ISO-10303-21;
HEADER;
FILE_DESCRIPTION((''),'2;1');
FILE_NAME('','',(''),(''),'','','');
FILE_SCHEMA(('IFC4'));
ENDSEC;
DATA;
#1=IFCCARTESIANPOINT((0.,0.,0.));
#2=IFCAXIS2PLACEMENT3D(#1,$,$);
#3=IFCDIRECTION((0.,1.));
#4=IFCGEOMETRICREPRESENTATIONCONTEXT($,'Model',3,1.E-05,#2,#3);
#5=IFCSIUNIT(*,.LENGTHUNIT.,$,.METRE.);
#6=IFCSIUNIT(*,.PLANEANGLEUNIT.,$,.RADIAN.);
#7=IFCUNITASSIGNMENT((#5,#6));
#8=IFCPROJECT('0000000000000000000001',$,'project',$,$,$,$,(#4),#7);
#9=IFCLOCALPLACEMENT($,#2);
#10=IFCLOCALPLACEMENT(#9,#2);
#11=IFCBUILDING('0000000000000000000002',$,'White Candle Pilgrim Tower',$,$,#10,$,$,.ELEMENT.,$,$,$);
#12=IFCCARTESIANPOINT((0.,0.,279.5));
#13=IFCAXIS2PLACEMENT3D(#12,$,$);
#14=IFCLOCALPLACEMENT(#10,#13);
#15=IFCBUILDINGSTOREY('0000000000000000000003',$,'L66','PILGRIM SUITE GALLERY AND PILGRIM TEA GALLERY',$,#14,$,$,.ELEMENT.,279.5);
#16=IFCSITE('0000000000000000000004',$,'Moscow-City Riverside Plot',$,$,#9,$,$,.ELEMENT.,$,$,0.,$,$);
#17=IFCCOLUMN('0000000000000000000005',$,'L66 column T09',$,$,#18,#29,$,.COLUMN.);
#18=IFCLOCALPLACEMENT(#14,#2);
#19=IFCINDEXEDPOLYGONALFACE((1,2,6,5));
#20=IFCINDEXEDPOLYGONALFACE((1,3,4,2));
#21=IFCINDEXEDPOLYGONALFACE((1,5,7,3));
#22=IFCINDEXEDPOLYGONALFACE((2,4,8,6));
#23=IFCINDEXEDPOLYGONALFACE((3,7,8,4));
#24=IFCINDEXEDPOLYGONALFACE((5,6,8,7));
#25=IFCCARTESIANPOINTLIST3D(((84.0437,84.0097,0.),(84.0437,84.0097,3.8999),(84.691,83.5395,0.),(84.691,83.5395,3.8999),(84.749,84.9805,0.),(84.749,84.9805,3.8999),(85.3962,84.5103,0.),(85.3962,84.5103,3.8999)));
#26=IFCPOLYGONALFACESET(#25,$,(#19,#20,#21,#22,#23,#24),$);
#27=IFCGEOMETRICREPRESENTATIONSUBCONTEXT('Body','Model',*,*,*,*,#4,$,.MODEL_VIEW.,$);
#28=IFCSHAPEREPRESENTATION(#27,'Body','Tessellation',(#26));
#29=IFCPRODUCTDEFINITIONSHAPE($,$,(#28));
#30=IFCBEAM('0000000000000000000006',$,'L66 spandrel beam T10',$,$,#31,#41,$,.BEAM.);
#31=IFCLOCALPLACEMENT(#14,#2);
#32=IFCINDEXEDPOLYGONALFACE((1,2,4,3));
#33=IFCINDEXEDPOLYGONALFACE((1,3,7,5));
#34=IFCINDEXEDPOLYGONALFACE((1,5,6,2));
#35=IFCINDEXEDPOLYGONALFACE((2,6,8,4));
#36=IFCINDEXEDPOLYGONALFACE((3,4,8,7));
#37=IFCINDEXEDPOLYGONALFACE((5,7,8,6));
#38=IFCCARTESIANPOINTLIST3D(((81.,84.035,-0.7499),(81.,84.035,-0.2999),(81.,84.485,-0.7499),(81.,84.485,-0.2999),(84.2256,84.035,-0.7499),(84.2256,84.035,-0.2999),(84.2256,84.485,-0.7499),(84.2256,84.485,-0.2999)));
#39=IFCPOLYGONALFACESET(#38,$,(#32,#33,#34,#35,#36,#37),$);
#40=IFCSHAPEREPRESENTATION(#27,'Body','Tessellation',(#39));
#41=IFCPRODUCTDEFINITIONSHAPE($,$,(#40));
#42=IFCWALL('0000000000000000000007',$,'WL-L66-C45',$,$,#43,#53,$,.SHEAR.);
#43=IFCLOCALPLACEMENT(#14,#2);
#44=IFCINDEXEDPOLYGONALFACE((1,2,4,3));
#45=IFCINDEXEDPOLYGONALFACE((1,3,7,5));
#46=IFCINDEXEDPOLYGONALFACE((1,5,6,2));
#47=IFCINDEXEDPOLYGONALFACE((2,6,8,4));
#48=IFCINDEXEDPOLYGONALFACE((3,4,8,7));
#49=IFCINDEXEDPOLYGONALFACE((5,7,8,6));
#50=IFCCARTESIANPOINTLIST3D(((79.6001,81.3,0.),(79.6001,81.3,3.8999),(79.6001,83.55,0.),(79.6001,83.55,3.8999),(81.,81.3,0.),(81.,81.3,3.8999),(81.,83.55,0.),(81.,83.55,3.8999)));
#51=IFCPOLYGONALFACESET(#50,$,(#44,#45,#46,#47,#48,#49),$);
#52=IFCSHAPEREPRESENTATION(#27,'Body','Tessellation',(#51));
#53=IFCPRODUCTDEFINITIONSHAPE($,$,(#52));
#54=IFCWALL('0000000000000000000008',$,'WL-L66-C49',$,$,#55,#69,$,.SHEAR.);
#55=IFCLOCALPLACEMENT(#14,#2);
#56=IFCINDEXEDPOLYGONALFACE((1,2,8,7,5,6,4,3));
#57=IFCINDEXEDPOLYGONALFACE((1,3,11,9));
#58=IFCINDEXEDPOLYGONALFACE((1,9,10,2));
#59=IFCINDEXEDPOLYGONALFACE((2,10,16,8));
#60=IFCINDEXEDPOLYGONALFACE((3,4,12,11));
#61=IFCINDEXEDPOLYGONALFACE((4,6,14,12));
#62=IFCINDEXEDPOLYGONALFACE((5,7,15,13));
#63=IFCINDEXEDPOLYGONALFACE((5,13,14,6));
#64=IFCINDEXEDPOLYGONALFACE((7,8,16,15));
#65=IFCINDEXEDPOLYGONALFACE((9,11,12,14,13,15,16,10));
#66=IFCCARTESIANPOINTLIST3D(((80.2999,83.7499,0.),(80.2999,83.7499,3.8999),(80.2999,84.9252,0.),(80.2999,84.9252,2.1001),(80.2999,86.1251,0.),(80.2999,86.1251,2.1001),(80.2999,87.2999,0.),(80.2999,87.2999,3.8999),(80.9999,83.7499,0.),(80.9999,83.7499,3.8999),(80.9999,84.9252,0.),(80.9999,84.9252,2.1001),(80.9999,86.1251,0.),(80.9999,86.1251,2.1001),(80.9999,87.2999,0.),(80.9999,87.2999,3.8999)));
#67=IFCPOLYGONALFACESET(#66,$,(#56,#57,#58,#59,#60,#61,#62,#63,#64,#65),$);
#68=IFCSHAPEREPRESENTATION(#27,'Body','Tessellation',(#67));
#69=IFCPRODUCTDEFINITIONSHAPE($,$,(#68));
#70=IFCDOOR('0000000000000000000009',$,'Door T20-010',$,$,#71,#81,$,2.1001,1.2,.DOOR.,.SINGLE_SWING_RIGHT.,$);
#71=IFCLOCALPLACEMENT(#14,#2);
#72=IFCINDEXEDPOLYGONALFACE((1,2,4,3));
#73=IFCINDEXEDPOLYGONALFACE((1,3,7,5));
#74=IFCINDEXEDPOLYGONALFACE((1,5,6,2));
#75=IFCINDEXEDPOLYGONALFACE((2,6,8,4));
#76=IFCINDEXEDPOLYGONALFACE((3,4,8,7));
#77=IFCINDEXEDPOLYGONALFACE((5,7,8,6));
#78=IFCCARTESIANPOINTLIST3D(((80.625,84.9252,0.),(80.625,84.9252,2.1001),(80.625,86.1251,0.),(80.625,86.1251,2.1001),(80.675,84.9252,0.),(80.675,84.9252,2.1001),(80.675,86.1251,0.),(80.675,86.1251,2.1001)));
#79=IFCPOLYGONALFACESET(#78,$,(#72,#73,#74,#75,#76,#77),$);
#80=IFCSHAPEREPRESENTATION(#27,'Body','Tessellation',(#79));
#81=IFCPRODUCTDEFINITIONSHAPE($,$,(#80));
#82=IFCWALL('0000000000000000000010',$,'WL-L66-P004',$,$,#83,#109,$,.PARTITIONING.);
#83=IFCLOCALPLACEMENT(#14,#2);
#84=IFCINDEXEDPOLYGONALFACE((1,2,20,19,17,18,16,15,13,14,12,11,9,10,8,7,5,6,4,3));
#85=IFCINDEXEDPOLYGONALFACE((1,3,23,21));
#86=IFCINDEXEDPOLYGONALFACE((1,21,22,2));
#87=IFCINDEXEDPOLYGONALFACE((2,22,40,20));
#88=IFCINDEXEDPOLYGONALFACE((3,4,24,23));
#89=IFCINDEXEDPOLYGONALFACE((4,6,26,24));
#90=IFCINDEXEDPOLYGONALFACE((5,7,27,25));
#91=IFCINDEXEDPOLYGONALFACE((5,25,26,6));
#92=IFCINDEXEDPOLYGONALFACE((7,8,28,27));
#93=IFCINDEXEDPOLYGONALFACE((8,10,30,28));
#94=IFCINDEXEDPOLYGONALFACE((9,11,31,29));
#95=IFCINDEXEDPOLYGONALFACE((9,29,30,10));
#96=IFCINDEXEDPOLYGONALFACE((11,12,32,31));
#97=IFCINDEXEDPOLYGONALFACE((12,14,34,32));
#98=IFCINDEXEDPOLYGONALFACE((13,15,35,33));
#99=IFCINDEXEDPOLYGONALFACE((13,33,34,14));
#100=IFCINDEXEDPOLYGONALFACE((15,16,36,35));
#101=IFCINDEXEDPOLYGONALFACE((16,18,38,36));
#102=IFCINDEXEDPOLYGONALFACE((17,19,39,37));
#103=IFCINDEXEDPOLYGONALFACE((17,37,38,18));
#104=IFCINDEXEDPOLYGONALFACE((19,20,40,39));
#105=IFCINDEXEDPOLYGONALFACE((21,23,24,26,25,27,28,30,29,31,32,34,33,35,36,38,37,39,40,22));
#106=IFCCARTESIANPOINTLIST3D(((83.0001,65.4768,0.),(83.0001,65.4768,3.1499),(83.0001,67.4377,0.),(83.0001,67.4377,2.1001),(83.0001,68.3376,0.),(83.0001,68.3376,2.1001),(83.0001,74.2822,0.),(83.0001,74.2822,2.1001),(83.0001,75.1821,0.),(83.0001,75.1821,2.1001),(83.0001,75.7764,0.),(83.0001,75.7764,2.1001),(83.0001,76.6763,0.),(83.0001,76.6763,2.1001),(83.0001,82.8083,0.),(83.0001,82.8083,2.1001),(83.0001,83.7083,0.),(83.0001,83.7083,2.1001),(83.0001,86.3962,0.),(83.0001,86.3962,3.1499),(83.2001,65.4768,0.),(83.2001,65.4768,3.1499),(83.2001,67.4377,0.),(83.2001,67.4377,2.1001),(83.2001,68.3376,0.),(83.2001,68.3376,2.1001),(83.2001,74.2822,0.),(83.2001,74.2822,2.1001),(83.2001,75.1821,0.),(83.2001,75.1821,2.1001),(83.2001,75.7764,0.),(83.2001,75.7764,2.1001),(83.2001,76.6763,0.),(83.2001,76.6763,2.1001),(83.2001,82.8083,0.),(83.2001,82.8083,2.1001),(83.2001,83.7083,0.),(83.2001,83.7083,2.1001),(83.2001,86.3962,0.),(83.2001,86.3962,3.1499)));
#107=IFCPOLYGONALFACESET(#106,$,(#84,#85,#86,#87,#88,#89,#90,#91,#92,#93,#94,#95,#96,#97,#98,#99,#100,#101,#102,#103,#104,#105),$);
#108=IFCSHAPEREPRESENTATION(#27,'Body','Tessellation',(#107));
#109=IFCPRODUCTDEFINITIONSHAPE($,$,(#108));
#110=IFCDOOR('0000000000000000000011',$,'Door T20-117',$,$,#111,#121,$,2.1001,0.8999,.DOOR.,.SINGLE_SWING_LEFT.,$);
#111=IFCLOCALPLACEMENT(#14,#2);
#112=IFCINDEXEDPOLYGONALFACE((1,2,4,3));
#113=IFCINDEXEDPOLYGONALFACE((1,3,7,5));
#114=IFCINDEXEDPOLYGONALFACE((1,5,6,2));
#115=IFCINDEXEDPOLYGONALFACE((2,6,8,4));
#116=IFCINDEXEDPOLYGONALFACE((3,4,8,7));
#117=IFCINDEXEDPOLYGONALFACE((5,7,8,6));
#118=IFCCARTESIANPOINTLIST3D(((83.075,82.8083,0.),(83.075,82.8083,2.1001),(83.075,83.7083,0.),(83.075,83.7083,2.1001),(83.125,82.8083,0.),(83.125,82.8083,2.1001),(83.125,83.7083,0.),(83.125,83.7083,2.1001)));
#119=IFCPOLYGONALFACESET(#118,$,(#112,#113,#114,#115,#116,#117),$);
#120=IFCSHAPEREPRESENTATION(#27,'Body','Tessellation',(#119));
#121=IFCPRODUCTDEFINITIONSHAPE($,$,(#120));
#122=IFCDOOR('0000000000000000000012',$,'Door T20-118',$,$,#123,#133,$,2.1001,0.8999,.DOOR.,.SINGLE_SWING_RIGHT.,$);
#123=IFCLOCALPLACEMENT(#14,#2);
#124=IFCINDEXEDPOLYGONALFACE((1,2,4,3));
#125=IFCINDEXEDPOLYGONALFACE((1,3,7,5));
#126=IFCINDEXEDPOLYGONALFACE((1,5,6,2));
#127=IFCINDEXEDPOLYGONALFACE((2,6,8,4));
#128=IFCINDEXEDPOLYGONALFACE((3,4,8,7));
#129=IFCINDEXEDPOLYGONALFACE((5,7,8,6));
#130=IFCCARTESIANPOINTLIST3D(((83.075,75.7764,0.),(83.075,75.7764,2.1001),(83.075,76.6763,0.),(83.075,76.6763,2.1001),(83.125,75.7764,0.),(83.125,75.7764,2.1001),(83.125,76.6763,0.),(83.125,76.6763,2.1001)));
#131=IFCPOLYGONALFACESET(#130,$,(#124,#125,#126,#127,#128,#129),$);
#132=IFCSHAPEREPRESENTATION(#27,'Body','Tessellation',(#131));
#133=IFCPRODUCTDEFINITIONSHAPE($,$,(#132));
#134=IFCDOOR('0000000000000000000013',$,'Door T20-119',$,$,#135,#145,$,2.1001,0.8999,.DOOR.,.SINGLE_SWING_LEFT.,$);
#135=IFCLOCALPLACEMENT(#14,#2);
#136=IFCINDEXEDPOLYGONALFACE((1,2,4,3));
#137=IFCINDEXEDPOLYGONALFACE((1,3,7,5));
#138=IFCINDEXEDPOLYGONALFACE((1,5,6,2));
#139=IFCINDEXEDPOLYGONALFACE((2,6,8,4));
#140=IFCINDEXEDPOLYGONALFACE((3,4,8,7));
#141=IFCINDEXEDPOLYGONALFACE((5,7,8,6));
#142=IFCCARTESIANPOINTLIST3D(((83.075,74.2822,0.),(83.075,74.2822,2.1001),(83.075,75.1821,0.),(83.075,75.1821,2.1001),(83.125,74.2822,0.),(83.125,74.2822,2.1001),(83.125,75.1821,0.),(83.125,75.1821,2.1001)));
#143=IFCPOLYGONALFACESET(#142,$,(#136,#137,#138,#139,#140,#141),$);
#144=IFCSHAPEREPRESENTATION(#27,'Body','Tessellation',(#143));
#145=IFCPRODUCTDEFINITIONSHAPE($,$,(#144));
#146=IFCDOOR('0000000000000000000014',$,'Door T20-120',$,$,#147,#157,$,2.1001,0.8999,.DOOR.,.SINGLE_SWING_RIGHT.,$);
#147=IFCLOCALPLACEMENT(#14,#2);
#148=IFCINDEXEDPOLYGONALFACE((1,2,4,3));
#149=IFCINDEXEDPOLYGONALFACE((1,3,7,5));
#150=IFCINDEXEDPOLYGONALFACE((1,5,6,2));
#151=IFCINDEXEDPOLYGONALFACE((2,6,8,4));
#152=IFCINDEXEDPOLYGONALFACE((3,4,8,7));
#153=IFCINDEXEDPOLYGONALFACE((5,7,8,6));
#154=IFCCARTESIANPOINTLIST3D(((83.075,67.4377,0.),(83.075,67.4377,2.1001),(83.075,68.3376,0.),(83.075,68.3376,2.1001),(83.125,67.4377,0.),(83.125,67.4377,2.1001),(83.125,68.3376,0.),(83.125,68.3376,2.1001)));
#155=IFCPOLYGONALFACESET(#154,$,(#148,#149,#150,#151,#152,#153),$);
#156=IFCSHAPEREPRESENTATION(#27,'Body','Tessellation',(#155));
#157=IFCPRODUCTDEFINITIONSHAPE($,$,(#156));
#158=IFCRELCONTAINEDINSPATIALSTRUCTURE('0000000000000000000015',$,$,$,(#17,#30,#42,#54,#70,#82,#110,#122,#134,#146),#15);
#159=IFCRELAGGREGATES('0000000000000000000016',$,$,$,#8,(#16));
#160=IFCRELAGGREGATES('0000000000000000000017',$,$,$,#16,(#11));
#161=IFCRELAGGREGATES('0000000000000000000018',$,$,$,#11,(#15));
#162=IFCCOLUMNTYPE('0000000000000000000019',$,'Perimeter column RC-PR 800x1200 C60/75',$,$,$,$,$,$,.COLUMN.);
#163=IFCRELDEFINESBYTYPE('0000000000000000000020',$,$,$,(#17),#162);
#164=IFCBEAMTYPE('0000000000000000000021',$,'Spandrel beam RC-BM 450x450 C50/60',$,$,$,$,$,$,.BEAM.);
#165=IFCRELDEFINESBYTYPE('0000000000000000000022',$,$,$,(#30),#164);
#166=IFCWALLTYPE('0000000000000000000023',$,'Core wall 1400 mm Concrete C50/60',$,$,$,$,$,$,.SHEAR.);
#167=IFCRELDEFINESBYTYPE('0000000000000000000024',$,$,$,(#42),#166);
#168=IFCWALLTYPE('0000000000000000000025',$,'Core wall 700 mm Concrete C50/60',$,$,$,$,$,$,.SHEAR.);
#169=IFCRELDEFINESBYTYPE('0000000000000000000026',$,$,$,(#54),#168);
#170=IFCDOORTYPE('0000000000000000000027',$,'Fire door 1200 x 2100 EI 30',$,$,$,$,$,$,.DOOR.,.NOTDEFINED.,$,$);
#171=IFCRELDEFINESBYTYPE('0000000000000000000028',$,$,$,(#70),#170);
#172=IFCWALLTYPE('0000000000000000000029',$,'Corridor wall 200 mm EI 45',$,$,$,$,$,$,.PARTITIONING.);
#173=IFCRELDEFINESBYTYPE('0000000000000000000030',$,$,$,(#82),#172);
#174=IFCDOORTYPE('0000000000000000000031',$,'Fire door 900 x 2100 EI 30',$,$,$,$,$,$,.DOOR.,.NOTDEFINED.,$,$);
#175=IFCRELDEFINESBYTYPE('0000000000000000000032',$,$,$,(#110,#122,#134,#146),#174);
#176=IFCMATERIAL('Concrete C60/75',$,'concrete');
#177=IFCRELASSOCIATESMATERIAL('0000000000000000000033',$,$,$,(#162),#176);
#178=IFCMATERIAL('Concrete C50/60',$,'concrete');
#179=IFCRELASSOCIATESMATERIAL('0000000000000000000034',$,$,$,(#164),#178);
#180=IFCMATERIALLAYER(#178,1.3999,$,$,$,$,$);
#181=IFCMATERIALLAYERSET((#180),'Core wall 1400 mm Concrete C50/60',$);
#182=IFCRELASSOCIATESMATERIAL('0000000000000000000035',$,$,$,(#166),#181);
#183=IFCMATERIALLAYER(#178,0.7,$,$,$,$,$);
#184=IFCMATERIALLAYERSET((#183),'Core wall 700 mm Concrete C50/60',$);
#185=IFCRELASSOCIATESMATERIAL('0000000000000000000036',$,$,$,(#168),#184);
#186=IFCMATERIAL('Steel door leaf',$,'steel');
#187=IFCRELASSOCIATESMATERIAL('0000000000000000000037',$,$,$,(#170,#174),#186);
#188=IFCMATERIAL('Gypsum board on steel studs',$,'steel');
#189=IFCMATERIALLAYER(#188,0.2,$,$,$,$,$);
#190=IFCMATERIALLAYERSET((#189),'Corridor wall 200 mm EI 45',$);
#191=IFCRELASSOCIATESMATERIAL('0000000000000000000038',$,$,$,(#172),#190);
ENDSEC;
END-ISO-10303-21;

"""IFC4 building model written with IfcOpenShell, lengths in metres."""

from ifc_helpers import new_model, si_unit, direction, frame, frame_2d, origin, origin_2d, place, context, subcontext, project, spatial, rectangle, extrude, material, layer, layer_set, material_profile, profile_set, type_object, element, fill, save


model = new_model("IFC4")

# Units and contexts
model_context = context("Model", 3, precision=1e-05, world=origin(), true_north=direction((0.0, 1.0)))
body_context = subcontext(model_context, "Body", "Model", "MODEL_VIEW")
ifc_project = project(units=[si_unit("LENGTHUNIT", "METRE"), si_unit("PLANEANGLEUNIT", "RADIAN")], contexts=[model_context])

# Site, building, storey
site_placement = place(None, origin())
site = spatial("IfcSite", under=ifc_project, at=site_placement, Name="Moscow-City Riverside Plot", CompositionType="ELEMENT", RefElevation=0.0)
building_placement = place(site_placement, origin())
building = spatial("IfcBuilding", under=site, at=building_placement, Name="White Candle Pilgrim Tower", CompositionType="ELEMENT")
storey_placement = place(building_placement, frame((0.0, 0.0, 279.5)))
storey = spatial("IfcBuildingStorey", under=building, at=storey_placement, Name="L66", Description="PILGRIM SUITE GALLERY AND PILGRIM TEA GALLERY", CompositionType="ELEMENT", Elevation=279.5)

# Column
ifc_material_1 = material(Name="Concrete C60/75", Category="concrete")
ifc_material_profile_1 = material_profile(ifc_material_1, rectangle(XDim=0.8, YDim=1.2, at=origin_2d()), Name="RC-PR 800x1200")
ifc_profile_set_1 = profile_set([ifc_material_profile_1], Name="Concrete C60/75")
column_type = type_object("IfcColumnType", Name="Perimeter column RC-PR 800x1200 C60/75", PredefinedType="COLUMN", material=ifc_profile_set_1)
column_placement = place(storey_placement, frame((84.72, 84.26, 0.0), z_axis=(0.0, 0.0, 1.0), x_axis=(0.809027, -0.587771, 0.0)))
element("IfcColumn", 1, at=column_placement, inside=storey, type_object=column_type, Name="L66 column T09", PredefinedType="COLUMN", context=body_context, shape_type="SweptSolid", body=[
    extrude(rectangle(XDim=0.8, YDim=1.2, at=origin_2d()), origin(), (0.0, 0.0, 1.0), 3.8999),
])

# Beam
ifc_material_2 = material(Name="Concrete C50/60", Category="concrete")
ifc_material_profile_2 = material_profile(ifc_material_2, rectangle(XDim=0.45, YDim=0.45, at=origin_2d()), Name="RC-BM 450x450")
ifc_profile_set_2 = profile_set([ifc_material_profile_2], Name="Concrete C50/60")
beam_type = type_object("IfcBeamType", Name="Spandrel beam RC-BM 450x450 C50/60", PredefinedType="BEAM", material=ifc_profile_set_2)
beam_placement = place(storey_placement, frame((84.2256, 84.26, -0.5249), z_axis=(-1.0, 0.0, 0.0), x_axis=(0.0, -1.0, 0.0)))
element("IfcBeam", 2, at=beam_placement, inside=storey, type_object=beam_type, Name="L66 spandrel beam T10", PredefinedType="BEAM", context=body_context, shape_type="SweptSolid", body=[
    extrude(rectangle(XDim=0.45, YDim=0.45, at=origin_2d()), origin(), (0.0, 0.0, 1.0), 3.2256),
])

# Wall
ifc_layer_1 = layer(ifc_material_2, 1.3999)
ifc_layer_set_1 = layer_set([ifc_layer_1], Name="Core wall 1400 mm Concrete C50/60")
wall_type_1 = type_object("IfcWallType", Name="Core wall 1400 mm Concrete C50/60", PredefinedType="SHEAR", material=ifc_layer_set_1)
wall_1_placement = place(storey_placement, frame((80.3, 81.3, 0.0), z_axis=(0.0, 0.0, 1.0), x_axis=(0.0, 1.0, 0.0)))
element("IfcWall", 3, at=wall_1_placement, inside=storey, type_object=wall_type_1, Name="WL-L66-C45", PredefinedType="SHEAR", context=body_context, shape_type="SweptSolid", body=[
    extrude(rectangle(XDim=2.25, YDim=1.3999, at=frame_2d((1.125, 0.0))), origin(), (0.0, 0.0, 1.0), 3.8999),
])

# Wall, opening, door
ifc_layer_2 = layer(ifc_material_2, 0.7)
ifc_layer_set_2 = layer_set([ifc_layer_2], Name="Core wall 700 mm Concrete C50/60")
wall_type_2 = type_object("IfcWallType", Name="Core wall 700 mm Concrete C50/60", PredefinedType="SHEAR", material=ifc_layer_set_2)
wall_2_placement = place(storey_placement, frame((80.6499, 83.75, 0.0), z_axis=(0.0, 0.0, 1.0), x_axis=(0.0, 1.0, 0.0)))
wall_2 = element("IfcWall", 4, at=wall_2_placement, inside=storey, type_object=wall_type_2, Name="WL-L66-C49", PredefinedType="SHEAR", context=body_context, shape_type="SweptSolid", body=[
    extrude(rectangle(XDim=3.55, YDim=0.7, at=frame_2d((1.7749, 0.0))), origin(), (0.0, 0.0, 1.0), 3.8999),
])
opening_1_placement = place(wall_2_placement, frame((1.175, 0.0, 0.0)))
opening_1 = element("IfcOpeningElement", 5, at=opening_1_placement, cuts=wall_2, PredefinedType="OPENING", context=body_context, shape_type="SweptSolid", body=[
    extrude(rectangle(XDim=1.2, YDim=2.1001, at=frame_2d((0.6001, 1.05))), frame((0.0, 0.3599, 0.0), z_axis=(0.0, -1.0, 0.0), x_axis=(1.0, 0.0, 0.0)), (0.0, 0.0, 1.0), 0.72),
])
ifc_material_3 = material(Name="Steel door leaf", Category="steel")
door_type_1 = type_object("IfcDoorType", Name="Fire door 1200 x 2100 EI 30", OperationType="NOTDEFINED", PredefinedType="DOOR", material=ifc_material_3)
door_1_placement = place(opening_1_placement, origin())
door_1 = element("IfcDoor", 6, at=door_1_placement, inside=storey, type_object=door_type_1, Name="Door T20-010", OperationType="SINGLE_SWING_RIGHT", OverallHeight=2.1001, OverallWidth=1.2, PredefinedType="DOOR", context=body_context, shape_type="SweptSolid", body=[
    extrude(rectangle(XDim=1.2, YDim=2.1001, at=frame_2d((0.6001, 1.05))), frame((0.0, 0.0249, 0.0), z_axis=(0.0, -1.0, 0.0), x_axis=(1.0, 0.0, 0.0)), (0.0, 0.0, 1.0), 0.05),
])
fill(opening_1, door_1)

# Wall, openings, doors
ifc_material_4 = material(Name="Gypsum board on steel studs", Category="steel")
ifc_layer_3 = layer(ifc_material_4, 0.2)
ifc_layer_set_3 = layer_set([ifc_layer_3], Name="Corridor wall 200 mm EI 45")
wall_type_3 = type_object("IfcWallType", Name="Corridor wall 200 mm EI 45", PredefinedType="PARTITIONING", material=ifc_layer_set_3)
wall_3_placement = place(storey_placement, frame((83.1001, 86.3962, 0.0), z_axis=(0.0, 0.0, 1.0), x_axis=(0.0, -1.0, 0.0)))
wall_3 = element("IfcWall", 7, at=wall_3_placement, inside=storey, type_object=wall_type_3, Name="WL-L66-P004", PredefinedType="PARTITIONING", context=body_context, shape_type="SweptSolid", body=[
    extrude(rectangle(XDim=20.9194, YDim=0.2, at=frame_2d((10.4597, 0.0))), origin(), (0.0, 0.0, 1.0), 3.1499),
])
opening_2_placement = place(wall_3_placement, frame((2.688, 0.0, 0.0)))
opening_2 = element("IfcOpeningElement", 8, at=opening_2_placement, cuts=wall_3, PredefinedType="OPENING", context=body_context, shape_type="SweptSolid", body=[
    extrude(rectangle(XDim=0.8999, YDim=2.1001, at=frame_2d((0.45, 1.05))), frame((0.0, 0.1099, 0.0), z_axis=(0.0, -1.0, 0.0), x_axis=(1.0, 0.0, 0.0)), (0.0, 0.0, 1.0), 0.22),
])
opening_3_placement = place(wall_3_placement, frame((9.72, 0.0, 0.0)))
opening_3 = element("IfcOpeningElement", 9, at=opening_3_placement, cuts=wall_3, PredefinedType="OPENING", context=body_context, shape_type="SweptSolid", body=[
    extrude(rectangle(XDim=0.8999, YDim=2.1001, at=frame_2d((0.45, 1.05))), frame((0.0, 0.1099, 0.0), z_axis=(0.0, -1.0, 0.0), x_axis=(1.0, 0.0, 0.0)), (0.0, 0.0, 1.0), 0.22),
])
opening_4_placement = place(wall_3_placement, frame((11.2141, 0.0, 0.0)))
opening_4 = element("IfcOpeningElement", 10, at=opening_4_placement, cuts=wall_3, PredefinedType="OPENING", context=body_context, shape_type="SweptSolid", body=[
    extrude(rectangle(XDim=0.8999, YDim=2.1001, at=frame_2d((0.45, 1.05))), frame((0.0, 0.1099, 0.0), z_axis=(0.0, -1.0, 0.0), x_axis=(1.0, 0.0, 0.0)), (0.0, 0.0, 1.0), 0.22),
])
opening_5_placement = place(wall_3_placement, frame((18.0586, 0.0, 0.0)))
opening_5 = element("IfcOpeningElement", 11, at=opening_5_placement, cuts=wall_3, PredefinedType="OPENING", context=body_context, shape_type="SweptSolid", body=[
    extrude(rectangle(XDim=0.8999, YDim=2.1001, at=frame_2d((0.45, 1.05))), frame((0.0, 0.1099, 0.0), z_axis=(0.0, -1.0, 0.0), x_axis=(1.0, 0.0, 0.0)), (0.0, 0.0, 1.0), 0.22),
])
door_type_2 = type_object("IfcDoorType", Name="Fire door 900 x 2100 EI 30", OperationType="NOTDEFINED", PredefinedType="DOOR", material=ifc_material_3)
door_2_placement = place(opening_2_placement, origin())
door_2 = element("IfcDoor", 12, at=door_2_placement, inside=storey, type_object=door_type_2, Name="Door T20-117", OperationType="SINGLE_SWING_LEFT", OverallHeight=2.1001, OverallWidth=0.8999, PredefinedType="DOOR", context=body_context, shape_type="SweptSolid", body=[
    extrude(rectangle(XDim=0.8999, YDim=2.1001, at=frame_2d((0.45, 1.05))), frame((0.0, 0.0249, 0.0), z_axis=(0.0, -1.0, 0.0), x_axis=(1.0, 0.0, 0.0)), (0.0, 0.0, 1.0), 0.05),
])
fill(opening_2, door_2)
door_3_placement = place(opening_3_placement, origin())
door_3 = element("IfcDoor", 13, at=door_3_placement, inside=storey, type_object=door_type_2, Name="Door T20-118", OperationType="SINGLE_SWING_RIGHT", OverallHeight=2.1001, OverallWidth=0.8999, PredefinedType="DOOR", context=body_context, shape_type="SweptSolid", body=[
    extrude(rectangle(XDim=0.8999, YDim=2.1001, at=frame_2d((0.45, 1.05))), frame((0.0, 0.0249, 0.0), z_axis=(0.0, -1.0, 0.0), x_axis=(1.0, 0.0, 0.0)), (0.0, 0.0, 1.0), 0.05),
])
fill(opening_3, door_3)
door_4_placement = place(opening_4_placement, origin())
door_4 = element("IfcDoor", 14, at=door_4_placement, inside=storey, type_object=door_type_2, Name="Door T20-119", OperationType="SINGLE_SWING_LEFT", OverallHeight=2.1001, OverallWidth=0.8999, PredefinedType="DOOR", context=body_context, shape_type="SweptSolid", body=[
    extrude(rectangle(XDim=0.8999, YDim=2.1001, at=frame_2d((0.45, 1.05))), frame((0.0, 0.0249, 0.0), z_axis=(0.0, -1.0, 0.0), x_axis=(1.0, 0.0, 0.0)), (0.0, 0.0, 1.0), 0.05),
])
fill(opening_4, door_4)
door_5_placement = place(opening_5_placement, origin())
door_5 = element("IfcDoor", 15, at=door_5_placement, inside=storey, type_object=door_type_2, Name="Door T20-120", OperationType="SINGLE_SWING_RIGHT", OverallHeight=2.1001, OverallWidth=0.8999, PredefinedType="DOOR", context=body_context, shape_type="SweptSolid", body=[
    extrude(rectangle(XDim=0.8999, YDim=2.1001, at=frame_2d((0.45, 1.05))), frame((0.0, 0.0249, 0.0), z_axis=(0.0, -1.0, 0.0), x_axis=(1.0, 0.0, 0.0)), (0.0, 0.0, 1.0), 0.05),
])
fill(opening_5, door_5)

save(model, "model.ifc")
